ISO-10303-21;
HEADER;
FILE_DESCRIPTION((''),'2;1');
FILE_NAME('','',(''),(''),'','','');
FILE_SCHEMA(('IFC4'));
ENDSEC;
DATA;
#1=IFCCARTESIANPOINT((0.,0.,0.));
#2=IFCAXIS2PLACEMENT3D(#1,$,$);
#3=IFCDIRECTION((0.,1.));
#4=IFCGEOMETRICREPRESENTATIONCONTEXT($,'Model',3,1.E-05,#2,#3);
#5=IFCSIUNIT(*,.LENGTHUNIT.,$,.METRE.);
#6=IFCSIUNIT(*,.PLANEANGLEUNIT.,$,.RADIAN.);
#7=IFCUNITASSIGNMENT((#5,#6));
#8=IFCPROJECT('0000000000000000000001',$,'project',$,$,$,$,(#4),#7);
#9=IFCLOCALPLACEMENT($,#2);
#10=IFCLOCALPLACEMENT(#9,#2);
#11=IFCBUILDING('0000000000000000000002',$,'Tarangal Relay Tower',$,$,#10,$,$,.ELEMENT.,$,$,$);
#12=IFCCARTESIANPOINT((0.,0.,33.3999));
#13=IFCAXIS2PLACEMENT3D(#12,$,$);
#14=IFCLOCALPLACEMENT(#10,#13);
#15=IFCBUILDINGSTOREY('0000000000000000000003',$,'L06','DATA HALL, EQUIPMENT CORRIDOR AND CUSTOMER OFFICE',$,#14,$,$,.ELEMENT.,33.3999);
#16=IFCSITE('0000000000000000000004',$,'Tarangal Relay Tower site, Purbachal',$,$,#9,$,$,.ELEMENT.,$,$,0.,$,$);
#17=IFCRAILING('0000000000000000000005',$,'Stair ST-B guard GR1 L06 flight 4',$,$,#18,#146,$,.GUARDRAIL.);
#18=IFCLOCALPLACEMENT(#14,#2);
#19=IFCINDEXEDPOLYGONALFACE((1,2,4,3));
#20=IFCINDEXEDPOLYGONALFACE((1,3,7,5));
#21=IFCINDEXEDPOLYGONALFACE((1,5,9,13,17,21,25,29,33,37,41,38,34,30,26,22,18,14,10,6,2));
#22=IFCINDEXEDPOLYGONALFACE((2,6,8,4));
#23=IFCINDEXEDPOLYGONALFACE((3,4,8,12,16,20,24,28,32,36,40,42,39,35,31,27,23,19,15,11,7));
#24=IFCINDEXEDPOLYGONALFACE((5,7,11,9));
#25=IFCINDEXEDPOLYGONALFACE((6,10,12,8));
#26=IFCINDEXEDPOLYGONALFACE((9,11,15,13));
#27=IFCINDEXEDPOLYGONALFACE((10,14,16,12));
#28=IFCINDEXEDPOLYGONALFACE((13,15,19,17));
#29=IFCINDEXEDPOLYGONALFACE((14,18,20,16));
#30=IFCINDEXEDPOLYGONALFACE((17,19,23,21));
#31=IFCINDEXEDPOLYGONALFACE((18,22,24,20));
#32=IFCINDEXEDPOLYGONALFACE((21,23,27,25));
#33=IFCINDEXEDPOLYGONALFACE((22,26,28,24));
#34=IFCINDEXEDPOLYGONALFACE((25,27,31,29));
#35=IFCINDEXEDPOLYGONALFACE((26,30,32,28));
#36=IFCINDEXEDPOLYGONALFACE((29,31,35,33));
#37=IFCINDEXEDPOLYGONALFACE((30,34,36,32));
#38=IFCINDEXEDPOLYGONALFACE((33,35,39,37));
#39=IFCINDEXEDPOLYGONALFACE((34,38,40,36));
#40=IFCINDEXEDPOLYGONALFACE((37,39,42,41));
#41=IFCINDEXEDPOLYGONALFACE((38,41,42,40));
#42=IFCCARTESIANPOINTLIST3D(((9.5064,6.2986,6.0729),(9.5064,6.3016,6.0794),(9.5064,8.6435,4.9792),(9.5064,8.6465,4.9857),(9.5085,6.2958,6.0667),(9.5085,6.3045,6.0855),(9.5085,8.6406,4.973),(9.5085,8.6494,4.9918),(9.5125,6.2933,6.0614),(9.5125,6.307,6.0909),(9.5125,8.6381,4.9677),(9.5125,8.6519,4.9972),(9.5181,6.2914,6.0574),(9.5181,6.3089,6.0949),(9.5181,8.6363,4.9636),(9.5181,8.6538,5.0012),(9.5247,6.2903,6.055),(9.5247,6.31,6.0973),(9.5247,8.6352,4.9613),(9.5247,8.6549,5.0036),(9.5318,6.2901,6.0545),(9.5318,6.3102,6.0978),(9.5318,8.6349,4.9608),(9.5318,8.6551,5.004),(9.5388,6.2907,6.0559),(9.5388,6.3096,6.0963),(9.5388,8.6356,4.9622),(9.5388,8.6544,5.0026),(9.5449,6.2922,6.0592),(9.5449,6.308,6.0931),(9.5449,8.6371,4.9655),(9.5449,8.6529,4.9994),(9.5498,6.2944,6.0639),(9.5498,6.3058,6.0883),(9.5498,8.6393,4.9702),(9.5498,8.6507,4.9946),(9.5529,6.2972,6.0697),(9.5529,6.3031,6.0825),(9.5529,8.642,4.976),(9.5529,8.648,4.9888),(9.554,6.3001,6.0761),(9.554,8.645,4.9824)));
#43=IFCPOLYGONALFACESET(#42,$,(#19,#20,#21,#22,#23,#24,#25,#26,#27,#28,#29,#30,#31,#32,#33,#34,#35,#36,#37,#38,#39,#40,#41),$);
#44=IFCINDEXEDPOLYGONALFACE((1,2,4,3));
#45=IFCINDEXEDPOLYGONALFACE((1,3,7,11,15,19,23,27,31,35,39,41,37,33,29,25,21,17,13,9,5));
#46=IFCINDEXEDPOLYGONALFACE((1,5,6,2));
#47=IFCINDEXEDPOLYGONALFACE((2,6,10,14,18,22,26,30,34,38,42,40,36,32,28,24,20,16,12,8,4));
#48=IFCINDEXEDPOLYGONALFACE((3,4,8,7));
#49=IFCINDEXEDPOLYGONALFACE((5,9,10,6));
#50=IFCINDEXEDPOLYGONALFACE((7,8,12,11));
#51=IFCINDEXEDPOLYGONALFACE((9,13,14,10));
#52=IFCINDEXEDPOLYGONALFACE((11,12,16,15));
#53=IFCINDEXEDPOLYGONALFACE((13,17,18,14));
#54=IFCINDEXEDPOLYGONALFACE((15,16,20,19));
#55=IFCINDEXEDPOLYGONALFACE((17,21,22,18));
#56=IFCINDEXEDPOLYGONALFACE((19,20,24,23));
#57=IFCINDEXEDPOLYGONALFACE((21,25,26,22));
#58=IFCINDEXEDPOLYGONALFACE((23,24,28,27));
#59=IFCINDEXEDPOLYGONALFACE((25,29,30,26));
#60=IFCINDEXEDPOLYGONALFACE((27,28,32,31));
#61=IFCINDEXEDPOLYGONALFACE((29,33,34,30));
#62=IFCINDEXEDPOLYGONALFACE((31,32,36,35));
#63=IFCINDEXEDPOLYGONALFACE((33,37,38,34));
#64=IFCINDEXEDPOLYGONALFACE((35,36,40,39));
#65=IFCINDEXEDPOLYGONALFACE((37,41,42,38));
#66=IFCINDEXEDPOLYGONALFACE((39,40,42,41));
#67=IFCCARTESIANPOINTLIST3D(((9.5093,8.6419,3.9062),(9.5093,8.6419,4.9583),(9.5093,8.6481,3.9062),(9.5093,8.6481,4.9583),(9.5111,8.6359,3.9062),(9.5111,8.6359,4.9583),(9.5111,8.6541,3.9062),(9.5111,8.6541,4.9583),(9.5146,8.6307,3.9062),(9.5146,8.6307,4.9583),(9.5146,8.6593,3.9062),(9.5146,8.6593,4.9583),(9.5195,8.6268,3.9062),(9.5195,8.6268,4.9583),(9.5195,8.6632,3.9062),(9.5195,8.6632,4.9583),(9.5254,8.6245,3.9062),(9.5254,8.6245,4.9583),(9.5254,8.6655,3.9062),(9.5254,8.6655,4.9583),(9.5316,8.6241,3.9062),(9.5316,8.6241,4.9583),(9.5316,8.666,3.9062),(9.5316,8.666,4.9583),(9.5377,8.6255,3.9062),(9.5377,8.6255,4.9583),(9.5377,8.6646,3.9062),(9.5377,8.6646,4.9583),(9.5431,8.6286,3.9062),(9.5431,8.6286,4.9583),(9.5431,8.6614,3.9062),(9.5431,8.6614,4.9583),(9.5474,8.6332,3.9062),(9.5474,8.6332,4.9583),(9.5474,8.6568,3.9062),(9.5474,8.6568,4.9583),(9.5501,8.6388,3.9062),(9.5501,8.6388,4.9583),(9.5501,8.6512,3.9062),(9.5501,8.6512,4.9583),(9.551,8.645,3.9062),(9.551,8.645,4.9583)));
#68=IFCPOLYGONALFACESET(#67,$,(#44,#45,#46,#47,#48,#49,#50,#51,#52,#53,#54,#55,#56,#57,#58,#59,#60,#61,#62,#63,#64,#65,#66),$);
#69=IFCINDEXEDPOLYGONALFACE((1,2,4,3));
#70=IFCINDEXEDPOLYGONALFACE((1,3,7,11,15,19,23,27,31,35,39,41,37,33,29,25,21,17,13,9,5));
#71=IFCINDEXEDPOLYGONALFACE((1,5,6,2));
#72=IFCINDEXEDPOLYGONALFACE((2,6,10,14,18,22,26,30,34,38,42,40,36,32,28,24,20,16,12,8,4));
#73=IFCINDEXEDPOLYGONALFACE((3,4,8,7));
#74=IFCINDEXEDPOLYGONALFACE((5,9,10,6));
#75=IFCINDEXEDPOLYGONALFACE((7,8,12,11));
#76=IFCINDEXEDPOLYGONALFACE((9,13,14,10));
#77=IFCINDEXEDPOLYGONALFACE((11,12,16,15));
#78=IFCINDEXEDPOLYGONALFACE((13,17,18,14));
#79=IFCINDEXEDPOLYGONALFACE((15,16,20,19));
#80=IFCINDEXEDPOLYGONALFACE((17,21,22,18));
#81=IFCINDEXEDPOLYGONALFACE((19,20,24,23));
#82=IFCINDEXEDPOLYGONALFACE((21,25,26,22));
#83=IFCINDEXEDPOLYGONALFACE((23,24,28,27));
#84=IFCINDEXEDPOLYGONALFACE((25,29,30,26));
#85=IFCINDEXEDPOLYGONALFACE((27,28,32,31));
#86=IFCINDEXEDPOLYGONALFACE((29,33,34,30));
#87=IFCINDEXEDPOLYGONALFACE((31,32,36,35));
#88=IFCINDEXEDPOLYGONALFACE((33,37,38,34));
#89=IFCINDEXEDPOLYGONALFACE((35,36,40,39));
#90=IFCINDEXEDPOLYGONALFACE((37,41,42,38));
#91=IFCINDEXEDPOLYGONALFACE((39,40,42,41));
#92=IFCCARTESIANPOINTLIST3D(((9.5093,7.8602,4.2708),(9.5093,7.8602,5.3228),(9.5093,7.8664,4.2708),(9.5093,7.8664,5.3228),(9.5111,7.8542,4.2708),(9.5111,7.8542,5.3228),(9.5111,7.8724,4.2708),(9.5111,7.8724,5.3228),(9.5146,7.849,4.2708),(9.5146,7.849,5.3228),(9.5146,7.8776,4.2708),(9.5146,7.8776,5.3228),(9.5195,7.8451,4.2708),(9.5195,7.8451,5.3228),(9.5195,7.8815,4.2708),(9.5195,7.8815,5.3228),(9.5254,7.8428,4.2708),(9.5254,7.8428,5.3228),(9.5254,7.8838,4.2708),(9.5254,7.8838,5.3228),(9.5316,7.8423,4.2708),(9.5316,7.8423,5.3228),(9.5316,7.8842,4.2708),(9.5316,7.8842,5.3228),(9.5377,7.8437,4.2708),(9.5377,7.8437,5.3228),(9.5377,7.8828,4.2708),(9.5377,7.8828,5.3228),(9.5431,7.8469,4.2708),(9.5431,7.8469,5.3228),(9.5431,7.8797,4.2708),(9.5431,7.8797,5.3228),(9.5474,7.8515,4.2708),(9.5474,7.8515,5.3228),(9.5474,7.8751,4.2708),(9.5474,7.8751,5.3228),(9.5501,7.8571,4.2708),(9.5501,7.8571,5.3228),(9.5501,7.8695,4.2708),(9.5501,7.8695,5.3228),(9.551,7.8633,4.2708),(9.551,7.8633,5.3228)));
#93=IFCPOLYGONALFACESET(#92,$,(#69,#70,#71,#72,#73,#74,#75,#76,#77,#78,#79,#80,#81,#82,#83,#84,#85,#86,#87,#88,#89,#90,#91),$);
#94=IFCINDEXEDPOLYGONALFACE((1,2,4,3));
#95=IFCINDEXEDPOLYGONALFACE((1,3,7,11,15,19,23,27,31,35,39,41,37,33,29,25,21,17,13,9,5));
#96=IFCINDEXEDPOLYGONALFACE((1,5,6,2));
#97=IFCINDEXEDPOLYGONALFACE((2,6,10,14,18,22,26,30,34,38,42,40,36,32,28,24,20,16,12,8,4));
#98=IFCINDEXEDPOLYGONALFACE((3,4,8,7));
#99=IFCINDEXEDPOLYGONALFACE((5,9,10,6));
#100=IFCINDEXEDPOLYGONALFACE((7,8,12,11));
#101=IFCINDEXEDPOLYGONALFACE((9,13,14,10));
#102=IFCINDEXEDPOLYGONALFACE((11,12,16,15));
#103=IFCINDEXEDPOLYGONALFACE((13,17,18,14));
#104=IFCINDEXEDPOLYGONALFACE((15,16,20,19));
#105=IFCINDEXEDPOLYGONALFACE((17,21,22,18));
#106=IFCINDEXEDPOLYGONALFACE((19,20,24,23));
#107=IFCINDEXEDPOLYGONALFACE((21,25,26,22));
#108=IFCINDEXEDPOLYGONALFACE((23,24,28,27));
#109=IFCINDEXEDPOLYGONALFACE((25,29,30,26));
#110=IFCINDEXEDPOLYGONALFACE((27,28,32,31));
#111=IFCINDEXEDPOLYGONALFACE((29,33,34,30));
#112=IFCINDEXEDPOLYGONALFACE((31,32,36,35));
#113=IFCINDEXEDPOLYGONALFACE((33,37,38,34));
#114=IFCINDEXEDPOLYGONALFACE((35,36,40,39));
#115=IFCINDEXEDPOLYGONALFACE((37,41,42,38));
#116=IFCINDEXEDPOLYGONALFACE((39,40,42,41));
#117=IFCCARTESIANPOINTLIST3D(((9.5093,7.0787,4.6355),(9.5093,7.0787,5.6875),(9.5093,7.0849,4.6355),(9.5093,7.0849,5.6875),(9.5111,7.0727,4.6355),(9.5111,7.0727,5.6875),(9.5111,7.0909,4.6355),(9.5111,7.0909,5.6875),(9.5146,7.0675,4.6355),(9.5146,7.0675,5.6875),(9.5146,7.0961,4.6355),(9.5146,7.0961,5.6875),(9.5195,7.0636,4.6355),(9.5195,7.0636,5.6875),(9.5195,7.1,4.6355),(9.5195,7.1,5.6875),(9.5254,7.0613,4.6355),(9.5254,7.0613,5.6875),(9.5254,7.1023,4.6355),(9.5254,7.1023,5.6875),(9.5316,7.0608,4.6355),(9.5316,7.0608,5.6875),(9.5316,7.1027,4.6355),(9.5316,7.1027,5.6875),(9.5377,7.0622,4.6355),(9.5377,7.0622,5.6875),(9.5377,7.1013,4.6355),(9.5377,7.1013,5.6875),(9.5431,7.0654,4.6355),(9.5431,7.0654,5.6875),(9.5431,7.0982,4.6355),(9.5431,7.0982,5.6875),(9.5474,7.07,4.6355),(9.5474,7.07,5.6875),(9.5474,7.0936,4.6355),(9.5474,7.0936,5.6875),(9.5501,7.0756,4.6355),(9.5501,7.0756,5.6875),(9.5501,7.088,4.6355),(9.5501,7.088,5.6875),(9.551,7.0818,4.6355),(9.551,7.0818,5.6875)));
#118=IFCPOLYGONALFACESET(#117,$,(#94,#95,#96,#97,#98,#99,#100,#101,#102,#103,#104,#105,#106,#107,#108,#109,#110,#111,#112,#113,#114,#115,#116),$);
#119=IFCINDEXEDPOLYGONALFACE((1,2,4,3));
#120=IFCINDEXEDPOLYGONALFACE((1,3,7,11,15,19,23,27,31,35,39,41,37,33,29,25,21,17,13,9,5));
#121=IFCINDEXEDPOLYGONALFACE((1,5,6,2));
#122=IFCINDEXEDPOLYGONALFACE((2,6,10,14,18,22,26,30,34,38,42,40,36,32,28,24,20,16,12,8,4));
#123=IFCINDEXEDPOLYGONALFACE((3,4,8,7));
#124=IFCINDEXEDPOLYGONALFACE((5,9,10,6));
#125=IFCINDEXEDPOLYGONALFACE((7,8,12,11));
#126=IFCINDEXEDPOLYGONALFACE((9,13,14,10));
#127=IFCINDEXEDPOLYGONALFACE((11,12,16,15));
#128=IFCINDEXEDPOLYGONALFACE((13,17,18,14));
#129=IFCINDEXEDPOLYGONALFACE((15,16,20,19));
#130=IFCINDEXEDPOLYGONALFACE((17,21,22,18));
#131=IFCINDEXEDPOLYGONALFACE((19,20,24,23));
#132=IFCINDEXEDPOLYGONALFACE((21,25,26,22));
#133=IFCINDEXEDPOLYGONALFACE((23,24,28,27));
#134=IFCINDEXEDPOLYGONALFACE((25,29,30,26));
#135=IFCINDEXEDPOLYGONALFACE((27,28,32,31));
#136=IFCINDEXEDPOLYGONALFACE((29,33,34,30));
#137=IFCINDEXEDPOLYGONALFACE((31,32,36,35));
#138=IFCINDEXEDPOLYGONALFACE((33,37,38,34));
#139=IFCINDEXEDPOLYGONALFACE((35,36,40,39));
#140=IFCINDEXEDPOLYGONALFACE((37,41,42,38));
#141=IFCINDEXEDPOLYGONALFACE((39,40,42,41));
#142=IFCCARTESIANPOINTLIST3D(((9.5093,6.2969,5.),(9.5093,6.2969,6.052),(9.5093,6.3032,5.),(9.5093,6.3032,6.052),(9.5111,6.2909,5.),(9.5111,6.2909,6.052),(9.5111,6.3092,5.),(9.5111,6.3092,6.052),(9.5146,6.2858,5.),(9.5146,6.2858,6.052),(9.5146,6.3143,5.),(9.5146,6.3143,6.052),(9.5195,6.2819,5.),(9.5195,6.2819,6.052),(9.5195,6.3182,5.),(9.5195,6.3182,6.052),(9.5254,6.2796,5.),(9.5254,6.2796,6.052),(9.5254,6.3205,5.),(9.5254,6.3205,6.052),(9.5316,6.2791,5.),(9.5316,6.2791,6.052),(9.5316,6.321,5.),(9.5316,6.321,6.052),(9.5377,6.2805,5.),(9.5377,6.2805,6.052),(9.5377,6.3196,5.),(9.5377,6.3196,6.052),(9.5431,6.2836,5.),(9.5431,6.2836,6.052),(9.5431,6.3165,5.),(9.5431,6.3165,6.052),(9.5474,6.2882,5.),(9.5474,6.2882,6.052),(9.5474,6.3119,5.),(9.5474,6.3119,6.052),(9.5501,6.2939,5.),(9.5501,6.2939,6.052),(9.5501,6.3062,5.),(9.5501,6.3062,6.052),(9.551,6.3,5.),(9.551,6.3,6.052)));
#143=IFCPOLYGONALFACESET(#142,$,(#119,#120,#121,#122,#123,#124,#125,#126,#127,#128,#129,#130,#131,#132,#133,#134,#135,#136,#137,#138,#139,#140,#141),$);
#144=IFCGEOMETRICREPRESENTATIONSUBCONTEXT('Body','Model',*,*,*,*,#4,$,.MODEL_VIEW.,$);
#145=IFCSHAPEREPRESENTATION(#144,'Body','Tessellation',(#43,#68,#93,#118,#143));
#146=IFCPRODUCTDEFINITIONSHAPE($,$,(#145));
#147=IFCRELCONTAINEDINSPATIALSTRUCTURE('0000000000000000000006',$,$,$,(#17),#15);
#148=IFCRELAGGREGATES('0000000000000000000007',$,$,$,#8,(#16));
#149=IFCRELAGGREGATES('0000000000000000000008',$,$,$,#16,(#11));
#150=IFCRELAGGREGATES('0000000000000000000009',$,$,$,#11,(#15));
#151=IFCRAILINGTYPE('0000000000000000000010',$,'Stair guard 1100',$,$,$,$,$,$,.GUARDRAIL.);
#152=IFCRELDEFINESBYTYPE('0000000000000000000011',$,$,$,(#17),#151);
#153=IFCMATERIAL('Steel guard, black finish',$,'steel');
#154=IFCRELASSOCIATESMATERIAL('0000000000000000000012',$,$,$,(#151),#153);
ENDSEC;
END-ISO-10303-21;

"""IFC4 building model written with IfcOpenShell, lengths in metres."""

from ifc_helpers import new_model, si_unit, direction, frame, origin, origin_2d, place, context, subcontext, project, spatial, circle, extrude, material, type_object, element, save


model = new_model("IFC4")

# Units and contexts
model_context = context("Model", 3, precision=1e-05, world=origin(), true_north=direction((0.0, 1.0)))
body_context = subcontext(model_context, "Body", "Model", "MODEL_VIEW")
ifc_project = project(units=[si_unit("LENGTHUNIT", "METRE"), si_unit("PLANEANGLEUNIT", "RADIAN")], contexts=[model_context])

# Site, building, storey
site_placement = place(None, origin())
site = spatial("IfcSite", under=ifc_project, at=site_placement, Name="Tarangal Relay Tower site, Purbachal", CompositionType="ELEMENT", RefElevation=0.0)
building_placement = place(site_placement, origin())
building = spatial("IfcBuilding", under=site, at=building_placement, Name="Tarangal Relay Tower", CompositionType="ELEMENT")
storey_placement = place(building_placement, frame((0.0, 0.0, 33.3999)))
storey = spatial("IfcBuildingStorey", under=building, at=storey_placement, Name="L06", Description="DATA HALL, EQUIPMENT CORRIDOR AND CUSTOMER OFFICE", CompositionType="ELEMENT", Elevation=33.3999)

# Railing
ifc_material_1 = material(Name="Steel guard, black finish", Category="steel")
railing_type_1 = type_object("IfcRailingType", Name="Stair guard 1100", PredefinedType="GUARDRAIL", material=ifc_material_1)
railing_1_placement = place(storey_placement, frame((9.53, 8.645, 3.9062)))
element("IfcRailing", 1, at=railing_1_placement, inside=storey, type_object=railing_type_1, Name="Stair ST-B guard GR1 L06 flight 4", PredefinedType="GUARDRAIL", context=body_context, shape_type="SweptSolid", body=[
    extrude(circle(Radius=0.0239, at=origin_2d()), frame((0.0, 0.0, 1.0762), z_axis=(0.0, -0.906267, 0.422705), x_axis=(1.0, 0.0, 0.0)), (0.0, 0.0, 1.0), 2.5874),
    extrude(circle(Radius=0.021, at=origin_2d()), origin(), (0.0, 0.0, 1.0), 1.052),
    extrude(circle(Radius=0.021, at=origin_2d()), frame((0.0, -0.7817, 0.3645)), (0.0, 0.0, 1.0), 1.052),
    extrude(circle(Radius=0.021, at=origin_2d()), frame((0.0, -1.5632, 0.7292)), (0.0, 0.0, 1.0), 1.052),
    extrude(circle(Radius=0.021, at=origin_2d()), frame((0.0, -2.345, 1.0938)), (0.0, 0.0, 1.0), 1.052),
])

save(model, "model.ifc")
